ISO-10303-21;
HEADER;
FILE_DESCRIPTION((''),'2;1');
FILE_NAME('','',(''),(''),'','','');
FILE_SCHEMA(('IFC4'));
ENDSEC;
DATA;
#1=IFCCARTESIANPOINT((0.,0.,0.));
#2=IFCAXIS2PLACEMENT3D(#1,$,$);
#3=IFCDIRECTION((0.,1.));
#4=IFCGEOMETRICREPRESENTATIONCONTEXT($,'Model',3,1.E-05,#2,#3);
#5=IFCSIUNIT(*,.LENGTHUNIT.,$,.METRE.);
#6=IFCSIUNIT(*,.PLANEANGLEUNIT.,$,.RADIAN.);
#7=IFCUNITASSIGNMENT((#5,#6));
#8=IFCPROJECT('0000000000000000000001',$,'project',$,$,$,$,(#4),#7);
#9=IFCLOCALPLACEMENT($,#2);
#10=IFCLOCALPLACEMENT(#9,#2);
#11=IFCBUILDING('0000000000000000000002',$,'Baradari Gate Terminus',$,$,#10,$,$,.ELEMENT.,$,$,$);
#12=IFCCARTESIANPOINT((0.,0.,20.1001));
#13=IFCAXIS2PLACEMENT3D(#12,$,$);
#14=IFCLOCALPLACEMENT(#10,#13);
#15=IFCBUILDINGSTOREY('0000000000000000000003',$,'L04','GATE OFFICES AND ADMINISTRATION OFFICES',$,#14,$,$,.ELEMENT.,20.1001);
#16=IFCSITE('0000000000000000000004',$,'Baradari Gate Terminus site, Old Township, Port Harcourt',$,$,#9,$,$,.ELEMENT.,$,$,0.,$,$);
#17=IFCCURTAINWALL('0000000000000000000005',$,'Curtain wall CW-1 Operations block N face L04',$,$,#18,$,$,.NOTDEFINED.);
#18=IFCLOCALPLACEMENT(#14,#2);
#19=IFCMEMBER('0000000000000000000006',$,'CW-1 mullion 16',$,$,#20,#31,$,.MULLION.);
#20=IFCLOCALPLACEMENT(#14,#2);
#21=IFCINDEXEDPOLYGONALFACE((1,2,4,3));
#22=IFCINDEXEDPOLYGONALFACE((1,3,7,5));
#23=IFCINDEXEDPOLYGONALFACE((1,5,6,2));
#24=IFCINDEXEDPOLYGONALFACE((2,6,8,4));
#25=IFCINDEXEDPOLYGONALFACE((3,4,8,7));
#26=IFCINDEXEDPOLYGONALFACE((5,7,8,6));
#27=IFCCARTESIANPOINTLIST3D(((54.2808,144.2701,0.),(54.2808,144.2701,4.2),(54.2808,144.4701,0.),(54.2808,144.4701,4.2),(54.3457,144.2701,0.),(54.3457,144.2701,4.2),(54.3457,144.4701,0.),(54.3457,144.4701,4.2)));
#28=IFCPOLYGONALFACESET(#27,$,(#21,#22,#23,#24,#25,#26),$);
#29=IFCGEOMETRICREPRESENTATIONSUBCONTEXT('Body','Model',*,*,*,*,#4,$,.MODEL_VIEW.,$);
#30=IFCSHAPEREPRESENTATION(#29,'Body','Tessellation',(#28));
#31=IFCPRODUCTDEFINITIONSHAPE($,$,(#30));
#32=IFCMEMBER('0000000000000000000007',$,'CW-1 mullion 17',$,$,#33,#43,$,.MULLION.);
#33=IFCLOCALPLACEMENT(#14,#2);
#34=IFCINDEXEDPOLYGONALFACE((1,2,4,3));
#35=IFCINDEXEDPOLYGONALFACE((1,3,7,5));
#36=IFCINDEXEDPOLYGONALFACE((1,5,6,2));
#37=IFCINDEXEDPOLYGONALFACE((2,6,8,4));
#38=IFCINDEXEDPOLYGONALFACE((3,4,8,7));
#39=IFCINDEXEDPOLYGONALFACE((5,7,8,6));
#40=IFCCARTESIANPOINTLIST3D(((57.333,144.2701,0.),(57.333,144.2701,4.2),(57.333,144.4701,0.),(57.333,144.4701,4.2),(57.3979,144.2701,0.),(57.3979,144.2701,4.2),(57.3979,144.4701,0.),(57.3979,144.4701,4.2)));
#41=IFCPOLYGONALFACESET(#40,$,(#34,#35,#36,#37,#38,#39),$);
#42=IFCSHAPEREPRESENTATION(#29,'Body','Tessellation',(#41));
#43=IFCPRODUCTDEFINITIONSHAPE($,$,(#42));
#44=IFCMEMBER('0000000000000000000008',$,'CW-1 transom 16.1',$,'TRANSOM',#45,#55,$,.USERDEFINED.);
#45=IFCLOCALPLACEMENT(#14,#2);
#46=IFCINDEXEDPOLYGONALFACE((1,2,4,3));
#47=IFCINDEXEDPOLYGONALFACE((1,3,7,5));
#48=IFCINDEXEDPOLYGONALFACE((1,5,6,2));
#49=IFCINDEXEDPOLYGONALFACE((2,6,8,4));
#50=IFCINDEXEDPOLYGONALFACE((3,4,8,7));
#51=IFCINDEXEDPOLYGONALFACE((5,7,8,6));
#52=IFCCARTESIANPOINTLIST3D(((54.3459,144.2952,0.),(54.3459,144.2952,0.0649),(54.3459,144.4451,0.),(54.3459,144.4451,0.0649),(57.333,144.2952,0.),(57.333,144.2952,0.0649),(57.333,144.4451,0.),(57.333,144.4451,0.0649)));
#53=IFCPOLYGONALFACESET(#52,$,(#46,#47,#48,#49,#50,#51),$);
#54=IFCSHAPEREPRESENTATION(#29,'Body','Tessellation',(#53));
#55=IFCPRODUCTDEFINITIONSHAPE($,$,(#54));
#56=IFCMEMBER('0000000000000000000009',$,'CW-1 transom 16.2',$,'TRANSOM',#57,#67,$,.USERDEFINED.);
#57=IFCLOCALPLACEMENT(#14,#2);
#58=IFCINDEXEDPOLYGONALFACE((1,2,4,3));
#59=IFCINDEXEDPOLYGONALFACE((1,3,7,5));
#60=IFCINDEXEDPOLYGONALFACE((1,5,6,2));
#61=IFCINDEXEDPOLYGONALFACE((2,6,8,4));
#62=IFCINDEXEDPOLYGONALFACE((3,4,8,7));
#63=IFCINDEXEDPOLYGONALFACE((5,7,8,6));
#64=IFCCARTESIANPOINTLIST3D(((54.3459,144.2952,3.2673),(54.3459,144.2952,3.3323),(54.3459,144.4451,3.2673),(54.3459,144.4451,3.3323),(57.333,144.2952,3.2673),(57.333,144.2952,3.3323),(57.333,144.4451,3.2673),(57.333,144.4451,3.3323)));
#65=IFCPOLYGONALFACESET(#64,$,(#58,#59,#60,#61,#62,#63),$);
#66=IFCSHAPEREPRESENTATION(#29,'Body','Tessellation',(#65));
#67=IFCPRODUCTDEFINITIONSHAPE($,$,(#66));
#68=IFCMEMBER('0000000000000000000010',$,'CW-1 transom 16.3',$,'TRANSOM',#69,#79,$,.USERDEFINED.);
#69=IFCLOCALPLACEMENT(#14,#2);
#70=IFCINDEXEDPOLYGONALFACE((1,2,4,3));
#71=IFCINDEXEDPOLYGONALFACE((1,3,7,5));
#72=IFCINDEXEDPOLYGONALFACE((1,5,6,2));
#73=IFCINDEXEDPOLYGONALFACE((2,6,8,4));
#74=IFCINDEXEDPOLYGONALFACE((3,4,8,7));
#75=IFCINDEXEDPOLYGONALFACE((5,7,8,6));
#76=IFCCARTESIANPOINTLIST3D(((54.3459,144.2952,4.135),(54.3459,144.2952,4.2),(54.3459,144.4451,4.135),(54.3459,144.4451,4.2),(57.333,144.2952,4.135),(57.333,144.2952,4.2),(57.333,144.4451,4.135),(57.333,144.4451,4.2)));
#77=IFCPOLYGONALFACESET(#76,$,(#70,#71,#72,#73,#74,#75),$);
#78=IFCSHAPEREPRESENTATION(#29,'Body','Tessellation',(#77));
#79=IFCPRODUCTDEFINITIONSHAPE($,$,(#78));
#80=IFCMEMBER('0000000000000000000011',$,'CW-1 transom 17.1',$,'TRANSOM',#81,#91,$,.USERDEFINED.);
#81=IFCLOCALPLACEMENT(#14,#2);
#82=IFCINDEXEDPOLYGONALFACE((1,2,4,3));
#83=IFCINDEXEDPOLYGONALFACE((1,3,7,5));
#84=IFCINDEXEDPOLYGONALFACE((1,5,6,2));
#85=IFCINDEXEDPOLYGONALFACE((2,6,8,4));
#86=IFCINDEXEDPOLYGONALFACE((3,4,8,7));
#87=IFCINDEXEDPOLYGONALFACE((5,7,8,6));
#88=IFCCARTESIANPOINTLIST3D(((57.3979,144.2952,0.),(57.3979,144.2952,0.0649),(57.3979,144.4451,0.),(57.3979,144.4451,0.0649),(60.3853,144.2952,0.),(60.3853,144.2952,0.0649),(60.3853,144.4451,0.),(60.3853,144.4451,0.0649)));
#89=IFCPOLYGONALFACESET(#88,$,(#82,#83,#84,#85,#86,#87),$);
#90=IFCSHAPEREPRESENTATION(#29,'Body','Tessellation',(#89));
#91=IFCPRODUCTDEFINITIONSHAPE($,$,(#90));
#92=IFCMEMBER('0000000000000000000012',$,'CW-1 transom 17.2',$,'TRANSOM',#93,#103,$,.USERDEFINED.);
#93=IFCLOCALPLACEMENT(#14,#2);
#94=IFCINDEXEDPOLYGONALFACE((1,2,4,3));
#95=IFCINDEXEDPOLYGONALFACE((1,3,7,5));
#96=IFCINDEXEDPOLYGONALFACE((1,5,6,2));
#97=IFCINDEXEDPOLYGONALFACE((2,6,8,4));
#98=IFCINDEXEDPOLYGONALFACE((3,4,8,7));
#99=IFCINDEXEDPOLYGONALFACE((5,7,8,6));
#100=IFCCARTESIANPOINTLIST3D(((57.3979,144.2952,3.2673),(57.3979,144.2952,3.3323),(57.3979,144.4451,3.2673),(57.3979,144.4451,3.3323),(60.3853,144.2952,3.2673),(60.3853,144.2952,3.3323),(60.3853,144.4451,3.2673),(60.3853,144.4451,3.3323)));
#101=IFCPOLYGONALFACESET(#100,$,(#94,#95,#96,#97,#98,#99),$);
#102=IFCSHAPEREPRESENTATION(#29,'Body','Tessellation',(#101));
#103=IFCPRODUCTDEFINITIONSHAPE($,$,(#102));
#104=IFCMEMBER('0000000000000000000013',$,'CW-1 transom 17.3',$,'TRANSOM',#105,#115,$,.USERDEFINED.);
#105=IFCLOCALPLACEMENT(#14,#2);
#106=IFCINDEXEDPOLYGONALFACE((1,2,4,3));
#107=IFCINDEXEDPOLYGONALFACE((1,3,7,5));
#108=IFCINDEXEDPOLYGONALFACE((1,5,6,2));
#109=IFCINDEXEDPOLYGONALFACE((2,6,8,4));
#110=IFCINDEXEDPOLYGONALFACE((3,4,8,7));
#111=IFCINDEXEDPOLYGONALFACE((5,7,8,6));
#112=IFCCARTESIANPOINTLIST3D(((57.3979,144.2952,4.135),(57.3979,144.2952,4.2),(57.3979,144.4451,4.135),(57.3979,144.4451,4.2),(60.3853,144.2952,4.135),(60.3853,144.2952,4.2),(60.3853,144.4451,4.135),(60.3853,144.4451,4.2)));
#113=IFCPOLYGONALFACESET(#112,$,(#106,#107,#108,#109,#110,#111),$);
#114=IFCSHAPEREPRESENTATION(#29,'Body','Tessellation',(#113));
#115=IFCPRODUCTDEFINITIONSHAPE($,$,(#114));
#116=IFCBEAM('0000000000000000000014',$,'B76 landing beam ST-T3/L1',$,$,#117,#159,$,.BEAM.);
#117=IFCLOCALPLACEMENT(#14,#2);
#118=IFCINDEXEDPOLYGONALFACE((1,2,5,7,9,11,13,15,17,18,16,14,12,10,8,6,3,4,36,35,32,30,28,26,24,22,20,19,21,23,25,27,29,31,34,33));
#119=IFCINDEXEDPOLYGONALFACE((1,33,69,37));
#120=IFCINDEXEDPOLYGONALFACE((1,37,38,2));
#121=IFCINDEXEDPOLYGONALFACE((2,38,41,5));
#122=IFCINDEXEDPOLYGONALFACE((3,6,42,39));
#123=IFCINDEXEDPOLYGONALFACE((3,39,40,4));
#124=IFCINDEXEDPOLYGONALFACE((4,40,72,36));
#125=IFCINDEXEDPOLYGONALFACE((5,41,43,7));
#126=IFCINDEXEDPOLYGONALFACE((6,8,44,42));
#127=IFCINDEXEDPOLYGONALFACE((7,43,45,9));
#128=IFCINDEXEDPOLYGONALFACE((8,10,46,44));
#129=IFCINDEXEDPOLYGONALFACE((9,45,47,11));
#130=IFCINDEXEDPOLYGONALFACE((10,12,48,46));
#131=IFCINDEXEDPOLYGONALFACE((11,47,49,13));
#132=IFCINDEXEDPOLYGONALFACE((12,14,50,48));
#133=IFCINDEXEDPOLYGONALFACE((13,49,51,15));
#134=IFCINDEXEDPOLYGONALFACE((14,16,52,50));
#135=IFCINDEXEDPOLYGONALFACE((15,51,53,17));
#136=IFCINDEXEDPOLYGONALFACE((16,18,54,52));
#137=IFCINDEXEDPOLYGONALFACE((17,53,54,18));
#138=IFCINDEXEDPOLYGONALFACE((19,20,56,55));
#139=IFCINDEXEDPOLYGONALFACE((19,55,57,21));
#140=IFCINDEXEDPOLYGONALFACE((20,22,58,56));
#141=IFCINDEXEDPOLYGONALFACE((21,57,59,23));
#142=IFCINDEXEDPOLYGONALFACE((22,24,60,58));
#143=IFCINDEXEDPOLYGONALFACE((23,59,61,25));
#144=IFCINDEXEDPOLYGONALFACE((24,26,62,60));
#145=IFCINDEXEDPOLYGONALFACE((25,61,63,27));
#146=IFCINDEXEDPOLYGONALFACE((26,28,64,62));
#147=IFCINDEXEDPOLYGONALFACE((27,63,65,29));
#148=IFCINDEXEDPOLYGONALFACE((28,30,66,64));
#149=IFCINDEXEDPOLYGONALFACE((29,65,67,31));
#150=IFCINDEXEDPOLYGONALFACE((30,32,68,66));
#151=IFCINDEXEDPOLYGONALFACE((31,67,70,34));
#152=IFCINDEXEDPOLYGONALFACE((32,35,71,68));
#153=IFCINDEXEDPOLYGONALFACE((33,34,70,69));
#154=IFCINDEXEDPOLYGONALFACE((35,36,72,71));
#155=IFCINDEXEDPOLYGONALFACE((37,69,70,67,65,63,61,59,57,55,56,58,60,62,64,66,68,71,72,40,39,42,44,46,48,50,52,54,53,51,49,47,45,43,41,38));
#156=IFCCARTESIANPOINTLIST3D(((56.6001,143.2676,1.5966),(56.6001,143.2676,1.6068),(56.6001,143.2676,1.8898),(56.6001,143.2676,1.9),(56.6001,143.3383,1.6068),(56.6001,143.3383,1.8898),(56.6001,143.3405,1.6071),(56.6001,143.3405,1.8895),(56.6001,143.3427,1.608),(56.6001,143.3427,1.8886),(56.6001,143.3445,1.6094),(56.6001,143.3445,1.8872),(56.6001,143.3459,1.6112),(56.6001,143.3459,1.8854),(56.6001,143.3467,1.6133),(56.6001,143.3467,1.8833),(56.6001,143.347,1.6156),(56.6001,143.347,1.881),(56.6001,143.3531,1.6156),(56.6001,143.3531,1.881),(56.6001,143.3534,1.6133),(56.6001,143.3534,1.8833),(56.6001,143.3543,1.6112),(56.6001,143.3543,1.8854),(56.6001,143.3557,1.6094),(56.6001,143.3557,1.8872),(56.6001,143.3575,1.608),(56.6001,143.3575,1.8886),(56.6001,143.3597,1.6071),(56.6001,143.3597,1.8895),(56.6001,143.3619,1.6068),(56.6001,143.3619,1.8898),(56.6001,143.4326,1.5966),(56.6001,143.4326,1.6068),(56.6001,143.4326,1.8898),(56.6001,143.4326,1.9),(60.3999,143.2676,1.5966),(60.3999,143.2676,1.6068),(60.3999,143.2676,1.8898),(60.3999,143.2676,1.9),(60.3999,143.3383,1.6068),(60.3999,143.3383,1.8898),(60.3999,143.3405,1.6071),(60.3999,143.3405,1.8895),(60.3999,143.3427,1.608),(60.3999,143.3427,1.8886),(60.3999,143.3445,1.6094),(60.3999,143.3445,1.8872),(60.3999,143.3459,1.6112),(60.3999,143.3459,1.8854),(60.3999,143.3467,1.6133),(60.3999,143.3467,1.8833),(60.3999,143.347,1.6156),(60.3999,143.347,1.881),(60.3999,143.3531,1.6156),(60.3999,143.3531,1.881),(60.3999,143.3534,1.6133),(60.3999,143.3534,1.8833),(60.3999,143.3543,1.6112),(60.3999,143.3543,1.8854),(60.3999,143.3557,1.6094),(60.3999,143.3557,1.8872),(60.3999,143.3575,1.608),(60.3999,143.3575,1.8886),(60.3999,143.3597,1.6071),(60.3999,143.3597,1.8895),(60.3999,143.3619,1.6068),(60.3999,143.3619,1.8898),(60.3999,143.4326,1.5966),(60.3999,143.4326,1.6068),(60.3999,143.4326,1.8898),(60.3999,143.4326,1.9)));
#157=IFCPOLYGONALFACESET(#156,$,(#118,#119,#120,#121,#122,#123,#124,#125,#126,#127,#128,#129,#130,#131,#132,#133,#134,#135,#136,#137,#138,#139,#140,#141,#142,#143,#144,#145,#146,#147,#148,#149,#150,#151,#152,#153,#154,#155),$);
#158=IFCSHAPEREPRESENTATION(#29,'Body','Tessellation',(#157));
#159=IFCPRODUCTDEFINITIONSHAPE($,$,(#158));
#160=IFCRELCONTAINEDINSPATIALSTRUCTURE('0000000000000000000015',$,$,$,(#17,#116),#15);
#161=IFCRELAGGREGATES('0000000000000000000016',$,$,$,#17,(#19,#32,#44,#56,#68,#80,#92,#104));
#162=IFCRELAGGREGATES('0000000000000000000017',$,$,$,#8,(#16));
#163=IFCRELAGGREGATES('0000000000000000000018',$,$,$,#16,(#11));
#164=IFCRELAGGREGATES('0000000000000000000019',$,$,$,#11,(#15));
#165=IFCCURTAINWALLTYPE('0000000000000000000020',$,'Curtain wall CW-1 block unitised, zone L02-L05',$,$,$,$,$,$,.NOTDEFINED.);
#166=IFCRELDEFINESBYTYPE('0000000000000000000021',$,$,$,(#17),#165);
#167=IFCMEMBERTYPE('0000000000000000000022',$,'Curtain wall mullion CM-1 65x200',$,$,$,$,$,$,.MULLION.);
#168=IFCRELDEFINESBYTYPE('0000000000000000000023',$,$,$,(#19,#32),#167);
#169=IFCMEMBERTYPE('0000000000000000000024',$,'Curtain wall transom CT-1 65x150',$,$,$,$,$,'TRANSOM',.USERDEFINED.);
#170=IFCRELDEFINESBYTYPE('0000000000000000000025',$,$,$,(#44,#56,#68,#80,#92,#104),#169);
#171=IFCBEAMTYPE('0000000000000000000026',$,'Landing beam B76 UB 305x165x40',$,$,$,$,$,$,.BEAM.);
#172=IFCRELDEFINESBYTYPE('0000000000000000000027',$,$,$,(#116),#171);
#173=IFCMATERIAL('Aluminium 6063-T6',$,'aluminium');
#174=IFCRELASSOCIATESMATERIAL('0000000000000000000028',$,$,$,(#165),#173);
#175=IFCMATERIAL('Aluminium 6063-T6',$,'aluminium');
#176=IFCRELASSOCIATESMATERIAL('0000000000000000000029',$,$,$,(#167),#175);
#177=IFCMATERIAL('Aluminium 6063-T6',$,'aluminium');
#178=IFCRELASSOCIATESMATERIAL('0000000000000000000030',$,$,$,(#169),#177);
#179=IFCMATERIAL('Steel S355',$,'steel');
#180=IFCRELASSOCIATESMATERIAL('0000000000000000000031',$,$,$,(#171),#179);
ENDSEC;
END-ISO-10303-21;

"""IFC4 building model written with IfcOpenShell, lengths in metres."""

from ifc_helpers import new_model, si_unit, direction, frame, origin, origin_2d, place, context, subcontext, project, spatial, rectangle, i_section, extrude, material, material_profile, profile_set, type_object, element, aggregate, save


model = new_model("IFC4")

# Units and contexts
model_context = context("Model", 3, precision=1e-05, world=origin(), true_north=direction((0.0, 1.0)))
body_context = subcontext(model_context, "Body", "Model", "MODEL_VIEW")
ifc_project = project(units=[si_unit("LENGTHUNIT", "METRE"), si_unit("PLANEANGLEUNIT", "RADIAN")], contexts=[model_context])

# Site, building, storey
site_placement = place(None, origin())
site = spatial("IfcSite", under=ifc_project, at=site_placement, Name="Baradari Gate Terminus site, Old Township, Port Harcourt", CompositionType="ELEMENT", RefElevation=0.0)
building_placement = place(site_placement, origin())
building = spatial("IfcBuilding", under=site, at=building_placement, Name="Baradari Gate Terminus", CompositionType="ELEMENT")
storey_placement = place(building_placement, frame((0.0, 0.0, 20.1001)))
storey = spatial("IfcBuildingStorey", under=building, at=storey_placement, Name="L04", Description="GATE OFFICES AND ADMINISTRATION OFFICES", CompositionType="ELEMENT", Elevation=20.1001)

# Curtain wall, members
ifc_material_1 = material(Name="Aluminium 6063-T6", Category="aluminium")
curtain_wall_type = type_object("IfcCurtainWallType", Name="Curtain wall CW-1 block unitised, zone L02-L05", PredefinedType="NOTDEFINED", material=ifc_material_1)
curtain_wall_placement = place(storey_placement, origin())
curtain_wall = element("IfcCurtainWall", 1, at=curtain_wall_placement, inside=storey, type_object=curtain_wall_type, Name="Curtain wall CW-1 Operations block N face L04", PredefinedType="NOTDEFINED")
ifc_material_2 = material(Name="Aluminium 6063-T6", Category="aluminium")
ifc_material_profile_1 = material_profile(ifc_material_2, rectangle(XDim=0.2, YDim=0.0649, at=origin_2d()), Name="CM-1 65X200")
ifc_profile_set_1 = profile_set([ifc_material_profile_1], Name="Aluminium 6063-T6")
member_type_1 = type_object("IfcMemberType", Name="Curtain wall mullion CM-1 65x200", PredefinedType="MULLION", material=ifc_profile_set_1)
member_1_placement = place(storey_placement, frame((54.3132, 144.3701, 0.0), z_axis=(0.0, 0.0, 1.0), x_axis=(0.0, 1.0, 0.0)))
member_1 = element("IfcMember", 2, at=member_1_placement, type_object=member_type_1, Name="CW-1 mullion 16", PredefinedType="MULLION", context=body_context, shape_type="SweptSolid", body=[
    extrude(rectangle(XDim=0.2, YDim=0.0649, at=origin_2d()), origin(), (0.0, 0.0, 1.0), 4.2),
])
member_2_placement = place(storey_placement, frame((57.3655, 144.3701, 0.0), z_axis=(0.0, 0.0, 1.0), x_axis=(0.0, 1.0, 0.0)))
member_2 = element("IfcMember", 3, at=member_2_placement, type_object=member_type_1, Name="CW-1 mullion 17", PredefinedType="MULLION", context=body_context, shape_type="SweptSolid", body=[
    extrude(rectangle(XDim=0.2, YDim=0.0649, at=origin_2d()), origin(), (0.0, 0.0, 1.0), 4.2),
])
ifc_material_3 = material(Name="Aluminium 6063-T6", Category="aluminium")
ifc_material_profile_2 = material_profile(ifc_material_3, rectangle(XDim=0.1499, YDim=0.0649, at=origin_2d()), Name="CT-1 65X150")
ifc_profile_set_2 = profile_set([ifc_material_profile_2], Name="Aluminium 6063-T6")
member_type_2 = type_object("IfcMemberType", Name="Curtain wall transom CT-1 65x150", ElementType="TRANSOM", PredefinedType="USERDEFINED", material=ifc_profile_set_2)
member_3_placement = place(storey_placement, frame((54.3459, 144.3701, 0.0325), z_axis=(1.0, 0.0, 0.0), x_axis=(0.0, 1.0, 0.0)))
member_3 = element("IfcMember", 4, at=member_3_placement, type_object=member_type_2, Name="CW-1 transom 16.1", ObjectType="TRANSOM", PredefinedType="USERDEFINED", context=body_context, shape_type="SweptSolid", body=[
    extrude(rectangle(XDim=0.1499, YDim=0.0649, at=origin_2d()), origin(), (0.0, 0.0, 1.0), 2.9871),
])
member_4_placement = place(storey_placement, frame((54.3459, 144.3701, 3.2998), z_axis=(1.0, 0.0, 0.0), x_axis=(0.0, 1.0, 0.0)))
member_4 = element("IfcMember", 5, at=member_4_placement, type_object=member_type_2, Name="CW-1 transom 16.2", ObjectType="TRANSOM", PredefinedType="USERDEFINED", context=body_context, shape_type="SweptSolid", body=[
    extrude(rectangle(XDim=0.1499, YDim=0.0649, at=origin_2d()), origin(), (0.0, 0.0, 1.0), 2.9871),
])
member_5_placement = place(storey_placement, frame((54.3459, 144.3701, 4.1675), z_axis=(1.0, 0.0, 0.0), x_axis=(0.0, 1.0, 0.0)))
member_5 = element("IfcMember", 6, at=member_5_placement, type_object=member_type_2, Name="CW-1 transom 16.3", ObjectType="TRANSOM", PredefinedType="USERDEFINED", context=body_context, shape_type="SweptSolid", body=[
    extrude(rectangle(XDim=0.1499, YDim=0.0649, at=origin_2d()), origin(), (0.0, 0.0, 1.0), 2.9871),
])
member_6_placement = place(storey_placement, frame((57.3979, 144.3701, 0.0325), z_axis=(1.0, 0.0, 0.0), x_axis=(0.0, 1.0, 0.0)))
member_6 = element("IfcMember", 7, at=member_6_placement, type_object=member_type_2, Name="CW-1 transom 17.1", ObjectType="TRANSOM", PredefinedType="USERDEFINED", context=body_context, shape_type="SweptSolid", body=[
    extrude(rectangle(XDim=0.1499, YDim=0.0649, at=origin_2d()), origin(), (0.0, 0.0, 1.0), 2.9873),
])
member_7_placement = place(storey_placement, frame((57.3979, 144.3701, 3.2998), z_axis=(1.0, 0.0, 0.0), x_axis=(0.0, 1.0, 0.0)))
member_7 = element("IfcMember", 8, at=member_7_placement, type_object=member_type_2, Name="CW-1 transom 17.2", ObjectType="TRANSOM", PredefinedType="USERDEFINED", context=body_context, shape_type="SweptSolid", body=[
    extrude(rectangle(XDim=0.1499, YDim=0.0649, at=origin_2d()), origin(), (0.0, 0.0, 1.0), 2.9873),
])
member_8_placement = place(storey_placement, frame((57.3979, 144.3701, 4.1675), z_axis=(1.0, 0.0, 0.0), x_axis=(0.0, 1.0, 0.0)))
member_8 = element("IfcMember", 9, at=member_8_placement, type_object=member_type_2, Name="CW-1 transom 17.3", ObjectType="TRANSOM", PredefinedType="USERDEFINED", context=body_context, shape_type="SweptSolid", body=[
    extrude(rectangle(XDim=0.1499, YDim=0.0649, at=origin_2d()), origin(), (0.0, 0.0, 1.0), 2.9873),
])

# Beam
ifc_material_4 = material(Name="Steel S355", Category="steel")
ifc_material_profile_3 = material_profile(ifc_material_4, i_section(OverallWidth=0.165, OverallDepth=0.3035, WebThickness=0.0061, FlangeThickness=0.0103, FilletRadius=0.0088, at=origin_2d()), Name="UB 305x165x40")
ifc_profile_set_3 = profile_set([ifc_material_profile_3], Name="Steel S355")
beam_type_1 = type_object("IfcBeamType", Name="Landing beam B76 UB 305x165x40", PredefinedType="BEAM", material=ifc_profile_set_3)
beam_1_placement = place(storey_placement, frame((56.6001, 143.3501, 1.7483), z_axis=(1.0, 0.0, 0.0), x_axis=(0.0, 1.0, 0.0)))
element("IfcBeam", 10, at=beam_1_placement, inside=storey, type_object=beam_type_1, Name="B76 landing beam ST-T3/L1", PredefinedType="BEAM", context=body_context, shape_type="SweptSolid", body=[
    extrude(i_section(OverallWidth=0.165, OverallDepth=0.3035, WebThickness=0.0061, FlangeThickness=0.0103, FilletRadius=0.0088, at=origin_2d()), origin(), (0.0, 0.0, 1.0), 3.7998),
])

aggregate(curtain_wall, [member_1, member_2, member_3, member_4, member_5, member_6, member_7, member_8])

save(model, "model.ifc")
